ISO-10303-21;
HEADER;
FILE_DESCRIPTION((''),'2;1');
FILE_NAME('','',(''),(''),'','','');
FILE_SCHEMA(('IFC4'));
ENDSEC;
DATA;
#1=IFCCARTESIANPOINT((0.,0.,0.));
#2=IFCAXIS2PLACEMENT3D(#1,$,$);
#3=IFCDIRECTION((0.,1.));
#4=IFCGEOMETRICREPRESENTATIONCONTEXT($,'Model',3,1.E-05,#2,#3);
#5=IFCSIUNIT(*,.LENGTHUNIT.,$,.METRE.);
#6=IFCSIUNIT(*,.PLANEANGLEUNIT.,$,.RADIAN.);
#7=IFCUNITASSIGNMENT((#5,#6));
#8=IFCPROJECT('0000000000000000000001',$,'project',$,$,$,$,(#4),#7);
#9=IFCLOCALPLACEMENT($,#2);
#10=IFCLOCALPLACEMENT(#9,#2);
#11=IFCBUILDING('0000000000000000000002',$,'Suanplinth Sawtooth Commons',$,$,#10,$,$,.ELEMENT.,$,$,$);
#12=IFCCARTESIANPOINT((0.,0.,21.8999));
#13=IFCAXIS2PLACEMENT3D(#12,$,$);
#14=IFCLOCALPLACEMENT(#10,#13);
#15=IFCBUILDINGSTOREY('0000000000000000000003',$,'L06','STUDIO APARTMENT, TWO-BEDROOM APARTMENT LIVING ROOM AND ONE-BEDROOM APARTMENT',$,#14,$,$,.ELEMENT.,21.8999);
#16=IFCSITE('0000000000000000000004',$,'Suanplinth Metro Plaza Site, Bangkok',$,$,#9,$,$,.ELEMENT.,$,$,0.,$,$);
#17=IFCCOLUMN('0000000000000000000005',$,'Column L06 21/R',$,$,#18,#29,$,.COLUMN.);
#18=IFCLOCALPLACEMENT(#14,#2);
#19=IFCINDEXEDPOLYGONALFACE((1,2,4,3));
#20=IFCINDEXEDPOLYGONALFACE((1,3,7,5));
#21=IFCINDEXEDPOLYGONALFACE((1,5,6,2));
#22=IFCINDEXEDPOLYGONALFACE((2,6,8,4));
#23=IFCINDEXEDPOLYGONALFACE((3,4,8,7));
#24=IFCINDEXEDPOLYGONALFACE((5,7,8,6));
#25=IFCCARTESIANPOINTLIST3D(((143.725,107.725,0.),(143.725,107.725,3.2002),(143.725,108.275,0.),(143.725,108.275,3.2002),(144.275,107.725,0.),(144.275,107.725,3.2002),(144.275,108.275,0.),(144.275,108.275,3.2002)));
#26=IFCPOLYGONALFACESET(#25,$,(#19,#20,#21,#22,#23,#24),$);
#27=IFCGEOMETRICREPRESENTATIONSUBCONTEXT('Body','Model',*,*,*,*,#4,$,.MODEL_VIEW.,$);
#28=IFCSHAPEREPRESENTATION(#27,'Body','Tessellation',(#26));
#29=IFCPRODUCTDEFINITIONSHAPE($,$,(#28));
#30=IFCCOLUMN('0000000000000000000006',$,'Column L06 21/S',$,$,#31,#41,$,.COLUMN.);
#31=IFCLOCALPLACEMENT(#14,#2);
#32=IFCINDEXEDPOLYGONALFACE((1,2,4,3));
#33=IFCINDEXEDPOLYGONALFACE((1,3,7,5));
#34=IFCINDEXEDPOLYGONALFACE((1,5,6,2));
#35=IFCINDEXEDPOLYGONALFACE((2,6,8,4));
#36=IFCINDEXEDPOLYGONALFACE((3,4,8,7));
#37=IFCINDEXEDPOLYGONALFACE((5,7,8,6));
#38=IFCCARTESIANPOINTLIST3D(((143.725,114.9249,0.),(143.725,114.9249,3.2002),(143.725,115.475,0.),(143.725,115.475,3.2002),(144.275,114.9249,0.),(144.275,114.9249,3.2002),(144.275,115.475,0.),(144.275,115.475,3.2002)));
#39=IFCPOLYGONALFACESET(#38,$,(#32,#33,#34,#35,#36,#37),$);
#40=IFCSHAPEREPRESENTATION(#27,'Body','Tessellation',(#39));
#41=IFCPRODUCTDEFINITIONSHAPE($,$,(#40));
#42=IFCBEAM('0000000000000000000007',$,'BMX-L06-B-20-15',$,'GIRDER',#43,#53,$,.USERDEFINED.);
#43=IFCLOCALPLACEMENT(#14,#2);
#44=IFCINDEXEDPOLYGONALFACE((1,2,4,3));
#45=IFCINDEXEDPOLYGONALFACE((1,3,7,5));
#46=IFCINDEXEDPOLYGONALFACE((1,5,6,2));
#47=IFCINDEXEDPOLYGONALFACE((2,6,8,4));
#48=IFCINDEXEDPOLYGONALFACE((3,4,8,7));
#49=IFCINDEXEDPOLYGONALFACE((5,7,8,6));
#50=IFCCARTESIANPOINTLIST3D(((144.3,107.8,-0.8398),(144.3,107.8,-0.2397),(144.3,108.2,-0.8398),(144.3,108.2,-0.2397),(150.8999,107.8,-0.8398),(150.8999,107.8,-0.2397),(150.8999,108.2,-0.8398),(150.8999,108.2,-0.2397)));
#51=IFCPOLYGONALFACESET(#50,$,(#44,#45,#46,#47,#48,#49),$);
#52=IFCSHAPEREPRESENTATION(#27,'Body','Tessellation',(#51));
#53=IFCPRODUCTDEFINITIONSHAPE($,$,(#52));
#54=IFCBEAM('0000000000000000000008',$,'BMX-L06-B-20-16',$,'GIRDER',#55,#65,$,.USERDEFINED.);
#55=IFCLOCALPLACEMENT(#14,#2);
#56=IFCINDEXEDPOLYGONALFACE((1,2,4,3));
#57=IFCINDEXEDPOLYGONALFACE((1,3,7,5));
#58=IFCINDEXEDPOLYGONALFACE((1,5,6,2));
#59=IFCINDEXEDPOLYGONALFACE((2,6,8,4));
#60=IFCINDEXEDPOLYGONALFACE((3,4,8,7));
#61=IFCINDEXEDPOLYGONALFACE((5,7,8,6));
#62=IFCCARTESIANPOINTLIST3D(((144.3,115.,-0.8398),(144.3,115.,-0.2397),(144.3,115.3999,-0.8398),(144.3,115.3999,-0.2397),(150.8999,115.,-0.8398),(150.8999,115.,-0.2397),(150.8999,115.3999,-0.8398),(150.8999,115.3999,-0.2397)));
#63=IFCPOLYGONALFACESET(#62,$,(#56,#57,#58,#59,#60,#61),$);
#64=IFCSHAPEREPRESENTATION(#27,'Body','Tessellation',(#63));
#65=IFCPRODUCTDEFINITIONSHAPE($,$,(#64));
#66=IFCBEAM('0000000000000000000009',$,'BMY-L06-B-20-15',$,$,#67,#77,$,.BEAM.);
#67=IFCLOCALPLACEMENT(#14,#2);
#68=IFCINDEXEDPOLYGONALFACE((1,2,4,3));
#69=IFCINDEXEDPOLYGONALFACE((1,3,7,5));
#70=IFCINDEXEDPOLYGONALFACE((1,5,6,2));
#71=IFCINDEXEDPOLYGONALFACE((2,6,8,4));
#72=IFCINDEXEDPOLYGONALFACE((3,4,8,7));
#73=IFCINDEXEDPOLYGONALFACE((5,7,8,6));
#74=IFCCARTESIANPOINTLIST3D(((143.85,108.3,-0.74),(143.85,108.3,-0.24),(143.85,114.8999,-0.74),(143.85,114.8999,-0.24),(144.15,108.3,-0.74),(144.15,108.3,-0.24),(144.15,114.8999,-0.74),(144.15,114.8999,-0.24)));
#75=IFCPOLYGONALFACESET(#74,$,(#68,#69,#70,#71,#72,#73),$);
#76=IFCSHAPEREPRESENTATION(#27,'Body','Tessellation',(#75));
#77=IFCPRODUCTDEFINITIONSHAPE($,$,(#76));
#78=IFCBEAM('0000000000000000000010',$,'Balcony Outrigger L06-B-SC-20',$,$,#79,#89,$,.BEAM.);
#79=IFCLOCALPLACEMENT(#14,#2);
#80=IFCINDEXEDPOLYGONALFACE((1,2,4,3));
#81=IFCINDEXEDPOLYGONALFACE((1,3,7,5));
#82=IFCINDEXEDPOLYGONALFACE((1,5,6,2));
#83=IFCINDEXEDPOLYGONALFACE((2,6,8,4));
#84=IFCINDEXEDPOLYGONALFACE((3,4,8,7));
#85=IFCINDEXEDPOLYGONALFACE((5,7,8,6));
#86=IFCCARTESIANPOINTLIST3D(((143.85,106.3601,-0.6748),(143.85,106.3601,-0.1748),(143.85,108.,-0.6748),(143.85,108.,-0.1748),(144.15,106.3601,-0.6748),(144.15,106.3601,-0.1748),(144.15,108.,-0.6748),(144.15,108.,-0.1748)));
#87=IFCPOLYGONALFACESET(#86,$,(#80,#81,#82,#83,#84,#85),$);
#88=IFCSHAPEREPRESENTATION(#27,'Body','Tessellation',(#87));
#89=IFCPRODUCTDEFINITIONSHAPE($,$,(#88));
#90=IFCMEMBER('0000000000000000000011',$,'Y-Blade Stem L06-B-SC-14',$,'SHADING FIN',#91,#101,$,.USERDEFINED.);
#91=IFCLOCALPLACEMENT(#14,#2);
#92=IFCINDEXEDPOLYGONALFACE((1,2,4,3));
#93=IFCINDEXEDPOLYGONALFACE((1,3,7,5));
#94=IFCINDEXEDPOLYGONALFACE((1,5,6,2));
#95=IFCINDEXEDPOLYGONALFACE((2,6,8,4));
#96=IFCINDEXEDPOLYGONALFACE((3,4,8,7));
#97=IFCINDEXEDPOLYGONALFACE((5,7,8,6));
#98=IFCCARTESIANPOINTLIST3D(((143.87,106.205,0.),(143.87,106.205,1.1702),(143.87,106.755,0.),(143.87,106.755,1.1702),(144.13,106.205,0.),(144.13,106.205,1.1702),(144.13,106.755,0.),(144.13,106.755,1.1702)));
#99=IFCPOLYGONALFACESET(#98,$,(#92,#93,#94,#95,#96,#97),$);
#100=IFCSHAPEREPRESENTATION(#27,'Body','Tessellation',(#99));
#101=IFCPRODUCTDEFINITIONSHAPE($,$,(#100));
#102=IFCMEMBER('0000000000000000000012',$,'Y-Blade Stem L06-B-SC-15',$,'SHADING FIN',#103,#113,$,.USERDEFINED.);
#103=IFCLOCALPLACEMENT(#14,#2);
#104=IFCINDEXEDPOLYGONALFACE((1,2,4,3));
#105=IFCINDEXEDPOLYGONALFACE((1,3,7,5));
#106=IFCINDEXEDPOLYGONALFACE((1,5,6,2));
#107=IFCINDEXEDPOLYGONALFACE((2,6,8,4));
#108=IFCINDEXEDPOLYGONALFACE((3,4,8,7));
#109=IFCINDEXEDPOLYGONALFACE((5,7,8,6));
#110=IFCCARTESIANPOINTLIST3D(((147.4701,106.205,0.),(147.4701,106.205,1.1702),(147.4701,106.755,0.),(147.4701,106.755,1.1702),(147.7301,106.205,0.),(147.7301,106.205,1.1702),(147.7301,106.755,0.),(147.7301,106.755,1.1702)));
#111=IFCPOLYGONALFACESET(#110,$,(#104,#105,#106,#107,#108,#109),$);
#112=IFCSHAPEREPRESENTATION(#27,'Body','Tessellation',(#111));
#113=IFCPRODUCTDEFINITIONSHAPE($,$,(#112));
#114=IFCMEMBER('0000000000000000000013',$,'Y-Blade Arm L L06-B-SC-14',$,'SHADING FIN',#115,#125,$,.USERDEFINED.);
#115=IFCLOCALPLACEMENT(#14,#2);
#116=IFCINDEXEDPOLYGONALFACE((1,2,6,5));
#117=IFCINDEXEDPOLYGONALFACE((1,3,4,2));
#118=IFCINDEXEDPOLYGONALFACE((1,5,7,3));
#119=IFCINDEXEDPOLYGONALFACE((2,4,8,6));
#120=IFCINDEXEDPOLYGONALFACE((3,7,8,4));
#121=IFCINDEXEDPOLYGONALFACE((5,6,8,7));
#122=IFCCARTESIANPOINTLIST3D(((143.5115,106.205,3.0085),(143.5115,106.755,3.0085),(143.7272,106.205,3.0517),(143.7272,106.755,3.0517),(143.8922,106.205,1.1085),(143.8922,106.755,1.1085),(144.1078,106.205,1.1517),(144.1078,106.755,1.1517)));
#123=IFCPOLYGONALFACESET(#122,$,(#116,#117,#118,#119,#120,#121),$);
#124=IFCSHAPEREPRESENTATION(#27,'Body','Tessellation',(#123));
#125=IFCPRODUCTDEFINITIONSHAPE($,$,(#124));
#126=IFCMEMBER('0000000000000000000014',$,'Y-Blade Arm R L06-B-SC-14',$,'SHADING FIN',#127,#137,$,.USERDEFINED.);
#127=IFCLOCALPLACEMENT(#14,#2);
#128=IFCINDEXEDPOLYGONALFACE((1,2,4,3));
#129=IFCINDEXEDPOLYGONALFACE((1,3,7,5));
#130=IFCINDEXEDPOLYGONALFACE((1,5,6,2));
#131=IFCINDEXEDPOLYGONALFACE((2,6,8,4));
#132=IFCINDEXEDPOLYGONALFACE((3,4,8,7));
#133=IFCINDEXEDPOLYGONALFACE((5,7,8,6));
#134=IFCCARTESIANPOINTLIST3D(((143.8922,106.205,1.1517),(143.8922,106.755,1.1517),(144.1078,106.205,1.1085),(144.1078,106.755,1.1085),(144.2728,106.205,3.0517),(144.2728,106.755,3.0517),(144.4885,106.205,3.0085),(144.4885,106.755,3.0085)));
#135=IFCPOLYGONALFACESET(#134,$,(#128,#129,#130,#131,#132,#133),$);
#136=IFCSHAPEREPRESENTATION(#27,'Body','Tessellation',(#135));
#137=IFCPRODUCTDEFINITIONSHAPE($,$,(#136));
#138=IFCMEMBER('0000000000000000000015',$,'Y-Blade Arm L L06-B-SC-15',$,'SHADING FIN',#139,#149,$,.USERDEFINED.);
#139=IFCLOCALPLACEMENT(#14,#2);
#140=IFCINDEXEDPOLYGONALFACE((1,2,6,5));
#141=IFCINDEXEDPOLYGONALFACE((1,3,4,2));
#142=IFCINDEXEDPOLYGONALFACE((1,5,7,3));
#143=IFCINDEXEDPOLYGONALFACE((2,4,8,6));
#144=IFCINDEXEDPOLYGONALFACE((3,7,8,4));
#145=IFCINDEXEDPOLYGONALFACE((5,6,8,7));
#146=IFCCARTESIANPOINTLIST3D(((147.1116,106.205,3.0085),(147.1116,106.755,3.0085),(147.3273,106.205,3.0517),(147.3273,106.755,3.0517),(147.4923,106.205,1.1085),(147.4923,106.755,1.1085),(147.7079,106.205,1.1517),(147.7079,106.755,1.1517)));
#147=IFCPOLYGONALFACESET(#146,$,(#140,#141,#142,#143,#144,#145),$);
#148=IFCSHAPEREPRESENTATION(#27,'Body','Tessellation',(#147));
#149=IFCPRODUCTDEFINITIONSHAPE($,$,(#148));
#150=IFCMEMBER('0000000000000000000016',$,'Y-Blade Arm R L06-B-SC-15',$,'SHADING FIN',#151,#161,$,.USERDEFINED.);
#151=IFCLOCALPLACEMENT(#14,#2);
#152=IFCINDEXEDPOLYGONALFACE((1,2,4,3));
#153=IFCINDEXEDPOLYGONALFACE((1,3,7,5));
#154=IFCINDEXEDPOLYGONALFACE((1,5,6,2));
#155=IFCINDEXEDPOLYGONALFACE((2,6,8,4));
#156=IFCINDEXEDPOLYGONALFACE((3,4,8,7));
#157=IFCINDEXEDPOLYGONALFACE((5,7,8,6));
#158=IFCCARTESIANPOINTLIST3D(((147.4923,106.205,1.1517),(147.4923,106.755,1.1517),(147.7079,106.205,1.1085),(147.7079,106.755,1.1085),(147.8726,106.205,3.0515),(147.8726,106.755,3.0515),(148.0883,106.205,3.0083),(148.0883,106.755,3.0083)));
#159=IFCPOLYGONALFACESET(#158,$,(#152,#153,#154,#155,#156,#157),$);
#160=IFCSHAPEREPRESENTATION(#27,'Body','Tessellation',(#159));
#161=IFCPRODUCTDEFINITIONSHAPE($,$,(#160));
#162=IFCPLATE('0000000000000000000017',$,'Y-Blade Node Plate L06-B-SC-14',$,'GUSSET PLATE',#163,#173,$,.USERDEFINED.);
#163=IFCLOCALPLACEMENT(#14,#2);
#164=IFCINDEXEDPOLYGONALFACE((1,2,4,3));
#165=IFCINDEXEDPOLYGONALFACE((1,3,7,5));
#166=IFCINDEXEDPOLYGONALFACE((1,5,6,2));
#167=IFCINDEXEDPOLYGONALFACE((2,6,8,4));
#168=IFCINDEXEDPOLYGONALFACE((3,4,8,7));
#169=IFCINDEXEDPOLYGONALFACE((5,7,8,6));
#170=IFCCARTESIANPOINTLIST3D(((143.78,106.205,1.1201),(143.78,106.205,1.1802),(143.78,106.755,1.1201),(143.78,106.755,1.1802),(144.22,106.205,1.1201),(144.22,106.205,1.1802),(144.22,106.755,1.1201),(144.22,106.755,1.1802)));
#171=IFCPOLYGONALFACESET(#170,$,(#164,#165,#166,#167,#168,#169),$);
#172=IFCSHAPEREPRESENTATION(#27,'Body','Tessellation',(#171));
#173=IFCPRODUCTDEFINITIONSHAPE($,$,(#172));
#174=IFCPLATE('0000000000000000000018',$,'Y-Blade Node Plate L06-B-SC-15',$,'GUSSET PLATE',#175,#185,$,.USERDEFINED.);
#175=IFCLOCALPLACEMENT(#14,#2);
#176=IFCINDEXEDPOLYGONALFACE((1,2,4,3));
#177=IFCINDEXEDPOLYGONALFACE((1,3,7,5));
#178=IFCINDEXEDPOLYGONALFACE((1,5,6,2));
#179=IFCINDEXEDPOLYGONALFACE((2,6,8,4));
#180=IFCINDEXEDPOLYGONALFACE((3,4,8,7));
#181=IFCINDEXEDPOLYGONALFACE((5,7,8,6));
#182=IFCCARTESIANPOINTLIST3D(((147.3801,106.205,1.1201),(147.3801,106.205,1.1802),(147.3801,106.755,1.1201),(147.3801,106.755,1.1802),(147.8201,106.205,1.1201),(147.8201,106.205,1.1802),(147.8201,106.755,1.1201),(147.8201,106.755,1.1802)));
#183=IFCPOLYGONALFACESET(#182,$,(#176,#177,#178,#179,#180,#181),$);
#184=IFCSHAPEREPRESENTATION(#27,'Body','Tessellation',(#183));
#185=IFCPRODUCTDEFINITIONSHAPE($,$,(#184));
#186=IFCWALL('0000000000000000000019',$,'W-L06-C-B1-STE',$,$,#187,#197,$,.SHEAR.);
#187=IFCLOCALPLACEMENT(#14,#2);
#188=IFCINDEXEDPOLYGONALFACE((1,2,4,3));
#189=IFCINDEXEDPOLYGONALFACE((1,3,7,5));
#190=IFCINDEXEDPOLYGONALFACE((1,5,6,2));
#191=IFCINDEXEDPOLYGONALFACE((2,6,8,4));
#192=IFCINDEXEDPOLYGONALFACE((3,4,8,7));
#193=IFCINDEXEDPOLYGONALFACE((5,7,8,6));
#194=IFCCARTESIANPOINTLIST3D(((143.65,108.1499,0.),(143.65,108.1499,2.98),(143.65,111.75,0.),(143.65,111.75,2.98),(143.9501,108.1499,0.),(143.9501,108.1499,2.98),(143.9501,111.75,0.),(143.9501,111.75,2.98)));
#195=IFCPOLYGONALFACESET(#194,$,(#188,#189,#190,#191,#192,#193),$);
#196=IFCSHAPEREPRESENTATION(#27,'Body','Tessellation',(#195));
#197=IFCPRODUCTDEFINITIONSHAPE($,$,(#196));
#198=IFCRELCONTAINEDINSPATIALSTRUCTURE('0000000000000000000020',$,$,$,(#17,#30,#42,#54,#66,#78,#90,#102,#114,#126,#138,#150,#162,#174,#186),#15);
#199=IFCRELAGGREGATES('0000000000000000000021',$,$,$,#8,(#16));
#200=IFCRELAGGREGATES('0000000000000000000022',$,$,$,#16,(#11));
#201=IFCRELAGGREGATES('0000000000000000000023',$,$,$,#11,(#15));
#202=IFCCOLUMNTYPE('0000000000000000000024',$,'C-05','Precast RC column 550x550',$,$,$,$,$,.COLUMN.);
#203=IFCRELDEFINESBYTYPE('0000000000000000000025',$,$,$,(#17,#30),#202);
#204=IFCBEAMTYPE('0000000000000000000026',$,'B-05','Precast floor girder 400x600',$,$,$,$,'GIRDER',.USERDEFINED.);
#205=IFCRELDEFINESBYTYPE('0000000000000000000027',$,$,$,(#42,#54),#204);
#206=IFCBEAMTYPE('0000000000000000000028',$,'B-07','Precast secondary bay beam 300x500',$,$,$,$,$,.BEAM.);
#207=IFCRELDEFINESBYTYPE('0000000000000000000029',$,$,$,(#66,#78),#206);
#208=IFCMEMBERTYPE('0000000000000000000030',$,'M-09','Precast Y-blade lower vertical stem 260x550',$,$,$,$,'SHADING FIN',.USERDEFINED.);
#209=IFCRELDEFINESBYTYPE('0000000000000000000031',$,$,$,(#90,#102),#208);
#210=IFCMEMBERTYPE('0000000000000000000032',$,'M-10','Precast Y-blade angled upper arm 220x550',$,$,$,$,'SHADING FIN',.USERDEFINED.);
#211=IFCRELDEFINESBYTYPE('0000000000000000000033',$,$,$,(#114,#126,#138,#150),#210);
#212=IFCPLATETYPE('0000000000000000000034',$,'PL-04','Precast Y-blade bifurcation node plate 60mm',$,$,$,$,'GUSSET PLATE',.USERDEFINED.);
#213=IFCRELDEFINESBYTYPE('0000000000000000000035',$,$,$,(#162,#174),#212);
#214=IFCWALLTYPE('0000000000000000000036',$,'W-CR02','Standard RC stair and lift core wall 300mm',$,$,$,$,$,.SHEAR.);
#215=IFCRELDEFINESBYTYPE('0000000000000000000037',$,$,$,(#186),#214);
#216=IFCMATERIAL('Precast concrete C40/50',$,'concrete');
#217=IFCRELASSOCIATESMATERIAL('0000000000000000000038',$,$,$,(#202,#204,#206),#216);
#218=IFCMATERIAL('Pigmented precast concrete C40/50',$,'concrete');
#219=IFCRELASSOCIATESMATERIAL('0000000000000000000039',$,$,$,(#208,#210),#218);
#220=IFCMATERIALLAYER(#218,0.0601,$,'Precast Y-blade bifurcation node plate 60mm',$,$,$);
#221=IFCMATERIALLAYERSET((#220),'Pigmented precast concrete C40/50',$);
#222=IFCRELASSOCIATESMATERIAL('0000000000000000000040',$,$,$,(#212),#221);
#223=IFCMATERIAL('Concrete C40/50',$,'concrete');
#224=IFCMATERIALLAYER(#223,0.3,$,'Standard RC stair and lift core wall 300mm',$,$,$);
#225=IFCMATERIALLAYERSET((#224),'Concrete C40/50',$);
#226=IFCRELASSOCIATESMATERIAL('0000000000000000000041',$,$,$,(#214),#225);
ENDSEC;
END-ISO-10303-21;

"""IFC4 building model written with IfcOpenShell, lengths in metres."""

from ifc_helpers import new_model, si_unit, direction, frame, frame_2d, origin, origin_2d, place, context, subcontext, project, spatial, rectangle, extrude, material, layer, layer_set, material_profile, profile_set, type_object, element, save


model = new_model("IFC4")

# Units and contexts
model_context = context("Model", 3, precision=1e-05, world=origin(), true_north=direction((0.0, 1.0)))
body_context = subcontext(model_context, "Body", "Model", "MODEL_VIEW")
ifc_project = project(units=[si_unit("LENGTHUNIT", "METRE"), si_unit("PLANEANGLEUNIT", "RADIAN")], contexts=[model_context])

# Site, building, storey
site_placement = place(None, origin())
site = spatial("IfcSite", under=ifc_project, at=site_placement, Name="Suanplinth Metro Plaza Site, Bangkok", CompositionType="ELEMENT", RefElevation=0.0)
building_placement = place(site_placement, origin())
building = spatial("IfcBuilding", under=site, at=building_placement, Name="Suanplinth Sawtooth Commons", CompositionType="ELEMENT")
storey_placement = place(building_placement, frame((0.0, 0.0, 21.8999)))
storey = spatial("IfcBuildingStorey", under=building, at=storey_placement, Name="L06", Description="STUDIO APARTMENT, TWO-BEDROOM APARTMENT LIVING ROOM AND ONE-BEDROOM APARTMENT", CompositionType="ELEMENT", Elevation=21.8999)

# Columns
ifc_material_1 = material(Name="Precast concrete C40/50", Category="concrete")
ifc_material_profile_1 = material_profile(ifc_material_1, rectangle(XDim=0.55, YDim=0.55, at=origin_2d()), Name="PC-COL 550x550")
ifc_profile_set_1 = profile_set([ifc_material_profile_1], Name="Precast concrete C40/50")
column_type = type_object("IfcColumnType", Name="C-05", Description="Precast RC column 550x550", PredefinedType="COLUMN", material=ifc_profile_set_1)
for number, where, z_axis, x_axis, name in (
    (1, (144.0, 108.0, 0.0), (0.0, 0.0, 1.0), (1.0, 0.0, 0.0), "Column L06 21/R"),
    (2, (144.0, 115.2, 0.0), (0.0, 0.0, 1.0), (1.0, 0.0, 0.0), "Column L06 21/S"),
):
    element("IfcColumn", number, at=place(storey_placement, frame(where, z_axis=z_axis, x_axis=x_axis)), inside=storey, type_object=column_type, Name=name, PredefinedType="COLUMN", context=body_context, shape_type="SweptSolid", body=[
        extrude(rectangle(XDim=0.55, YDim=0.55, at=origin_2d()), origin(), (0.0, 0.0, 1.0), 3.2002),
    ])

# Beams
ifc_material_profile_2 = material_profile(ifc_material_1, rectangle(XDim=0.3999, YDim=0.6001, at=origin_2d()), Name="PC-GDR 400x600")
ifc_profile_set_2 = profile_set([ifc_material_profile_2], Name="Precast concrete C40/50")
beam_type_1 = type_object("IfcBeamType", Name="B-05", Description="Precast floor girder 400x600", ElementType="GIRDER", PredefinedType="USERDEFINED", material=ifc_profile_set_2)
for number, where, z_axis, x_axis, name in (
    (3, (144.3, 108.0, -0.5398), (1.0, 0.0, 0.0), (0.0, 1.0, 0.0), "BMX-L06-B-20-15"),
    (4, (144.3, 115.2, -0.5398), (1.0, 0.0, 0.0), (0.0, 1.0, 0.0), "BMX-L06-B-20-16"),
):
    element("IfcBeam", number, at=place(storey_placement, frame(where, z_axis=z_axis, x_axis=x_axis)), inside=storey, type_object=beam_type_1, Name=name, ObjectType="GIRDER", PredefinedType="USERDEFINED", context=body_context, shape_type="SweptSolid", body=[
        extrude(rectangle(XDim=0.3999, YDim=0.6001, at=origin_2d()), origin(), (0.0, 0.0, 1.0), 6.5999),
    ])
ifc_material_profile_3 = material_profile(ifc_material_1, rectangle(XDim=0.3, YDim=0.5, at=origin_2d()), Name="PC-BM 300x500")
ifc_profile_set_3 = profile_set([ifc_material_profile_3], Name="Precast concrete C40/50")
beam_type_2 = type_object("IfcBeamType", Name="B-07", Description="Precast secondary bay beam 300x500", PredefinedType="BEAM", material=ifc_profile_set_3)
beam_1_placement = place(storey_placement, frame((144.0, 108.3, -0.49), z_axis=(0.0, 1.0, 0.0), x_axis=(-1.0, 0.0, 0.0)))
element("IfcBeam", 5, at=beam_1_placement, inside=storey, type_object=beam_type_2, Name="BMY-L06-B-20-15", PredefinedType="BEAM", context=body_context, shape_type="SweptSolid", body=[
    extrude(rectangle(XDim=0.3, YDim=0.5, at=origin_2d()), origin(), (0.0, 0.0, 1.0), 6.5999),
])
beam_2_placement = place(storey_placement, frame((144.0, 108.0, -0.4248), z_axis=(0.0, -1.0, 0.0), x_axis=(1.0, 0.0, 0.0)))
element("IfcBeam", 6, at=beam_2_placement, inside=storey, type_object=beam_type_2, Name="Balcony Outrigger L06-B-SC-20", PredefinedType="BEAM", context=body_context, shape_type="SweptSolid", body=[
    extrude(rectangle(XDim=0.3, YDim=0.5, at=origin_2d()), origin(), (0.0, 0.0, 1.0), 1.6399),
])

# Members
ifc_material_2 = material(Name="Pigmented precast concrete C40/50", Category="concrete")
ifc_material_profile_4 = material_profile(ifc_material_2, rectangle(XDim=0.26, YDim=0.55, at=origin_2d()), Name="PC-FIN 260x550")
ifc_profile_set_4 = profile_set([ifc_material_profile_4], Name="Pigmented precast concrete C40/50")
member_type_1 = type_object("IfcMemberType", Name="M-09", Description="Precast Y-blade lower vertical stem 260x550", ElementType="SHADING FIN", PredefinedType="USERDEFINED", material=ifc_profile_set_4)
for number, where, z_axis, x_axis, name in (
    (7, (144.0, 106.48, 0.0), (0.0, 0.0, 1.0), (1.0, 0.0, 0.0), "Y-Blade Stem L06-B-SC-14"),
    (8, (147.6001, 106.48, 0.0), (0.0, 0.0, 1.0), (1.0, 0.0, 0.0), "Y-Blade Stem L06-B-SC-15"),
):
    element("IfcMember", number, at=place(storey_placement, frame(where, z_axis=z_axis, x_axis=x_axis)), inside=storey, type_object=member_type_1, Name=name, ObjectType="SHADING FIN", PredefinedType="USERDEFINED", context=body_context, shape_type="SweptSolid", body=[
        extrude(rectangle(XDim=0.26, YDim=0.55, at=origin_2d()), origin(), (0.0, 0.0, 1.0), 1.1702),
    ])
ifc_material_profile_5 = material_profile(ifc_material_2, rectangle(XDim=0.22, YDim=0.55, at=origin_2d()), Name="PC-FIN 220x550")
ifc_profile_set_5 = profile_set([ifc_material_profile_5], Name="Pigmented precast concrete C40/50")
member_type_2 = type_object("IfcMemberType", Name="M-10", Description="Precast Y-blade angled upper arm 220x550", ElementType="SHADING FIN", PredefinedType="USERDEFINED", material=ifc_profile_set_5)
for number, where, z_axis, x_axis, name in (
    (9, (144.0, 106.48, 1.1301), (-0.196431, 0.0, 0.980518), (0.980518, 0.0, 0.196431), "Y-Blade Arm L L06-B-SC-14"),
    (10, (144.0, 106.48, 1.1301), (0.196431, 0.0, 0.980518), (-0.980518, 0.0, 0.196431), "Y-Blade Arm R L06-B-SC-14"),
    (11, (147.6001, 106.48, 1.1301), (-0.196431, 0.0, 0.980518), (0.980518, 0.0, 0.196431), "Y-Blade Arm L L06-B-SC-15"),
):
    element("IfcMember", number, at=place(storey_placement, frame(where, z_axis=z_axis, x_axis=x_axis)), inside=storey, type_object=member_type_2, Name=name, ObjectType="SHADING FIN", PredefinedType="USERDEFINED", context=body_context, shape_type="SweptSolid", body=[
        extrude(rectangle(XDim=0.22, YDim=0.55, at=origin_2d()), origin(), (0.0, 0.0, 1.0), 1.9377),
    ])
member_placement = place(storey_placement, frame((147.6001, 106.48, 1.1301), z_axis=(0.19631, 0.0, 0.980542), x_axis=(-0.980542, 0.0, 0.19631)))
element("IfcMember", 12, at=member_placement, inside=storey, type_object=member_type_2, Name="Y-Blade Arm R L06-B-SC-15", ObjectType="SHADING FIN", PredefinedType="USERDEFINED", context=body_context, shape_type="SweptSolid", body=[
    extrude(rectangle(XDim=0.22, YDim=0.55, at=origin_2d()), origin(), (0.0, 0.0, 1.0), 1.9375),
])

# Plates
ifc_layer_1 = layer(ifc_material_2, 0.0601, Name="Precast Y-blade bifurcation node plate 60mm")
ifc_layer_set_1 = layer_set([ifc_layer_1], Name="Pigmented precast concrete C40/50")
plate_type = type_object("IfcPlateType", Name="PL-04", Description="Precast Y-blade bifurcation node plate 60mm", ElementType="GUSSET PLATE", PredefinedType="USERDEFINED", material=ifc_layer_set_1)
for number, where, z_axis, x_axis, name in (
    (13, (144.0, 106.48, 1.1201), (0.0, 0.0, 1.0), (1.0, 0.0, 0.0), "Y-Blade Node Plate L06-B-SC-14"),
    (14, (147.6001, 106.48, 1.1201), (0.0, 0.0, 1.0), (1.0, 0.0, 0.0), "Y-Blade Node Plate L06-B-SC-15"),
):
    element("IfcPlate", number, at=place(storey_placement, frame(where, z_axis=z_axis, x_axis=x_axis)), inside=storey, type_object=plate_type, Name=name, ObjectType="GUSSET PLATE", PredefinedType="USERDEFINED", context=body_context, shape_type="SweptSolid", body=[
        extrude(rectangle(XDim=0.4399, YDim=0.55, at=origin_2d()), origin(), (0.0, 0.0, 1.0), 0.0601),
    ])

# Wall
ifc_material_3 = material(Name="Concrete C40/50", Category="concrete")
ifc_layer_2 = layer(ifc_material_3, 0.3, Name="Standard RC stair and lift core wall 300mm")
ifc_layer_set_2 = layer_set([ifc_layer_2], Name="Concrete C40/50")
wall_type_1 = type_object("IfcWallType", Name="W-CR02", Description="Standard RC stair and lift core wall 300mm", PredefinedType="SHEAR", material=ifc_layer_set_2)
wall_1_placement = place(storey_placement, frame((143.8, 108.1499, 0.0), z_axis=(0.0, 0.0, 1.0), x_axis=(0.0, 1.0, 0.0)))
element("IfcWall", 15, at=wall_1_placement, inside=storey, type_object=wall_type_1, Name="W-L06-C-B1-STE", PredefinedType="SHEAR", context=body_context, shape_type="SweptSolid", body=[
    extrude(rectangle(XDim=3.6001, YDim=0.3, at=frame_2d((1.8, 0.0))), origin(), (0.0, 0.0, 1.0), 2.98),
])

save(model, "model.ifc")
